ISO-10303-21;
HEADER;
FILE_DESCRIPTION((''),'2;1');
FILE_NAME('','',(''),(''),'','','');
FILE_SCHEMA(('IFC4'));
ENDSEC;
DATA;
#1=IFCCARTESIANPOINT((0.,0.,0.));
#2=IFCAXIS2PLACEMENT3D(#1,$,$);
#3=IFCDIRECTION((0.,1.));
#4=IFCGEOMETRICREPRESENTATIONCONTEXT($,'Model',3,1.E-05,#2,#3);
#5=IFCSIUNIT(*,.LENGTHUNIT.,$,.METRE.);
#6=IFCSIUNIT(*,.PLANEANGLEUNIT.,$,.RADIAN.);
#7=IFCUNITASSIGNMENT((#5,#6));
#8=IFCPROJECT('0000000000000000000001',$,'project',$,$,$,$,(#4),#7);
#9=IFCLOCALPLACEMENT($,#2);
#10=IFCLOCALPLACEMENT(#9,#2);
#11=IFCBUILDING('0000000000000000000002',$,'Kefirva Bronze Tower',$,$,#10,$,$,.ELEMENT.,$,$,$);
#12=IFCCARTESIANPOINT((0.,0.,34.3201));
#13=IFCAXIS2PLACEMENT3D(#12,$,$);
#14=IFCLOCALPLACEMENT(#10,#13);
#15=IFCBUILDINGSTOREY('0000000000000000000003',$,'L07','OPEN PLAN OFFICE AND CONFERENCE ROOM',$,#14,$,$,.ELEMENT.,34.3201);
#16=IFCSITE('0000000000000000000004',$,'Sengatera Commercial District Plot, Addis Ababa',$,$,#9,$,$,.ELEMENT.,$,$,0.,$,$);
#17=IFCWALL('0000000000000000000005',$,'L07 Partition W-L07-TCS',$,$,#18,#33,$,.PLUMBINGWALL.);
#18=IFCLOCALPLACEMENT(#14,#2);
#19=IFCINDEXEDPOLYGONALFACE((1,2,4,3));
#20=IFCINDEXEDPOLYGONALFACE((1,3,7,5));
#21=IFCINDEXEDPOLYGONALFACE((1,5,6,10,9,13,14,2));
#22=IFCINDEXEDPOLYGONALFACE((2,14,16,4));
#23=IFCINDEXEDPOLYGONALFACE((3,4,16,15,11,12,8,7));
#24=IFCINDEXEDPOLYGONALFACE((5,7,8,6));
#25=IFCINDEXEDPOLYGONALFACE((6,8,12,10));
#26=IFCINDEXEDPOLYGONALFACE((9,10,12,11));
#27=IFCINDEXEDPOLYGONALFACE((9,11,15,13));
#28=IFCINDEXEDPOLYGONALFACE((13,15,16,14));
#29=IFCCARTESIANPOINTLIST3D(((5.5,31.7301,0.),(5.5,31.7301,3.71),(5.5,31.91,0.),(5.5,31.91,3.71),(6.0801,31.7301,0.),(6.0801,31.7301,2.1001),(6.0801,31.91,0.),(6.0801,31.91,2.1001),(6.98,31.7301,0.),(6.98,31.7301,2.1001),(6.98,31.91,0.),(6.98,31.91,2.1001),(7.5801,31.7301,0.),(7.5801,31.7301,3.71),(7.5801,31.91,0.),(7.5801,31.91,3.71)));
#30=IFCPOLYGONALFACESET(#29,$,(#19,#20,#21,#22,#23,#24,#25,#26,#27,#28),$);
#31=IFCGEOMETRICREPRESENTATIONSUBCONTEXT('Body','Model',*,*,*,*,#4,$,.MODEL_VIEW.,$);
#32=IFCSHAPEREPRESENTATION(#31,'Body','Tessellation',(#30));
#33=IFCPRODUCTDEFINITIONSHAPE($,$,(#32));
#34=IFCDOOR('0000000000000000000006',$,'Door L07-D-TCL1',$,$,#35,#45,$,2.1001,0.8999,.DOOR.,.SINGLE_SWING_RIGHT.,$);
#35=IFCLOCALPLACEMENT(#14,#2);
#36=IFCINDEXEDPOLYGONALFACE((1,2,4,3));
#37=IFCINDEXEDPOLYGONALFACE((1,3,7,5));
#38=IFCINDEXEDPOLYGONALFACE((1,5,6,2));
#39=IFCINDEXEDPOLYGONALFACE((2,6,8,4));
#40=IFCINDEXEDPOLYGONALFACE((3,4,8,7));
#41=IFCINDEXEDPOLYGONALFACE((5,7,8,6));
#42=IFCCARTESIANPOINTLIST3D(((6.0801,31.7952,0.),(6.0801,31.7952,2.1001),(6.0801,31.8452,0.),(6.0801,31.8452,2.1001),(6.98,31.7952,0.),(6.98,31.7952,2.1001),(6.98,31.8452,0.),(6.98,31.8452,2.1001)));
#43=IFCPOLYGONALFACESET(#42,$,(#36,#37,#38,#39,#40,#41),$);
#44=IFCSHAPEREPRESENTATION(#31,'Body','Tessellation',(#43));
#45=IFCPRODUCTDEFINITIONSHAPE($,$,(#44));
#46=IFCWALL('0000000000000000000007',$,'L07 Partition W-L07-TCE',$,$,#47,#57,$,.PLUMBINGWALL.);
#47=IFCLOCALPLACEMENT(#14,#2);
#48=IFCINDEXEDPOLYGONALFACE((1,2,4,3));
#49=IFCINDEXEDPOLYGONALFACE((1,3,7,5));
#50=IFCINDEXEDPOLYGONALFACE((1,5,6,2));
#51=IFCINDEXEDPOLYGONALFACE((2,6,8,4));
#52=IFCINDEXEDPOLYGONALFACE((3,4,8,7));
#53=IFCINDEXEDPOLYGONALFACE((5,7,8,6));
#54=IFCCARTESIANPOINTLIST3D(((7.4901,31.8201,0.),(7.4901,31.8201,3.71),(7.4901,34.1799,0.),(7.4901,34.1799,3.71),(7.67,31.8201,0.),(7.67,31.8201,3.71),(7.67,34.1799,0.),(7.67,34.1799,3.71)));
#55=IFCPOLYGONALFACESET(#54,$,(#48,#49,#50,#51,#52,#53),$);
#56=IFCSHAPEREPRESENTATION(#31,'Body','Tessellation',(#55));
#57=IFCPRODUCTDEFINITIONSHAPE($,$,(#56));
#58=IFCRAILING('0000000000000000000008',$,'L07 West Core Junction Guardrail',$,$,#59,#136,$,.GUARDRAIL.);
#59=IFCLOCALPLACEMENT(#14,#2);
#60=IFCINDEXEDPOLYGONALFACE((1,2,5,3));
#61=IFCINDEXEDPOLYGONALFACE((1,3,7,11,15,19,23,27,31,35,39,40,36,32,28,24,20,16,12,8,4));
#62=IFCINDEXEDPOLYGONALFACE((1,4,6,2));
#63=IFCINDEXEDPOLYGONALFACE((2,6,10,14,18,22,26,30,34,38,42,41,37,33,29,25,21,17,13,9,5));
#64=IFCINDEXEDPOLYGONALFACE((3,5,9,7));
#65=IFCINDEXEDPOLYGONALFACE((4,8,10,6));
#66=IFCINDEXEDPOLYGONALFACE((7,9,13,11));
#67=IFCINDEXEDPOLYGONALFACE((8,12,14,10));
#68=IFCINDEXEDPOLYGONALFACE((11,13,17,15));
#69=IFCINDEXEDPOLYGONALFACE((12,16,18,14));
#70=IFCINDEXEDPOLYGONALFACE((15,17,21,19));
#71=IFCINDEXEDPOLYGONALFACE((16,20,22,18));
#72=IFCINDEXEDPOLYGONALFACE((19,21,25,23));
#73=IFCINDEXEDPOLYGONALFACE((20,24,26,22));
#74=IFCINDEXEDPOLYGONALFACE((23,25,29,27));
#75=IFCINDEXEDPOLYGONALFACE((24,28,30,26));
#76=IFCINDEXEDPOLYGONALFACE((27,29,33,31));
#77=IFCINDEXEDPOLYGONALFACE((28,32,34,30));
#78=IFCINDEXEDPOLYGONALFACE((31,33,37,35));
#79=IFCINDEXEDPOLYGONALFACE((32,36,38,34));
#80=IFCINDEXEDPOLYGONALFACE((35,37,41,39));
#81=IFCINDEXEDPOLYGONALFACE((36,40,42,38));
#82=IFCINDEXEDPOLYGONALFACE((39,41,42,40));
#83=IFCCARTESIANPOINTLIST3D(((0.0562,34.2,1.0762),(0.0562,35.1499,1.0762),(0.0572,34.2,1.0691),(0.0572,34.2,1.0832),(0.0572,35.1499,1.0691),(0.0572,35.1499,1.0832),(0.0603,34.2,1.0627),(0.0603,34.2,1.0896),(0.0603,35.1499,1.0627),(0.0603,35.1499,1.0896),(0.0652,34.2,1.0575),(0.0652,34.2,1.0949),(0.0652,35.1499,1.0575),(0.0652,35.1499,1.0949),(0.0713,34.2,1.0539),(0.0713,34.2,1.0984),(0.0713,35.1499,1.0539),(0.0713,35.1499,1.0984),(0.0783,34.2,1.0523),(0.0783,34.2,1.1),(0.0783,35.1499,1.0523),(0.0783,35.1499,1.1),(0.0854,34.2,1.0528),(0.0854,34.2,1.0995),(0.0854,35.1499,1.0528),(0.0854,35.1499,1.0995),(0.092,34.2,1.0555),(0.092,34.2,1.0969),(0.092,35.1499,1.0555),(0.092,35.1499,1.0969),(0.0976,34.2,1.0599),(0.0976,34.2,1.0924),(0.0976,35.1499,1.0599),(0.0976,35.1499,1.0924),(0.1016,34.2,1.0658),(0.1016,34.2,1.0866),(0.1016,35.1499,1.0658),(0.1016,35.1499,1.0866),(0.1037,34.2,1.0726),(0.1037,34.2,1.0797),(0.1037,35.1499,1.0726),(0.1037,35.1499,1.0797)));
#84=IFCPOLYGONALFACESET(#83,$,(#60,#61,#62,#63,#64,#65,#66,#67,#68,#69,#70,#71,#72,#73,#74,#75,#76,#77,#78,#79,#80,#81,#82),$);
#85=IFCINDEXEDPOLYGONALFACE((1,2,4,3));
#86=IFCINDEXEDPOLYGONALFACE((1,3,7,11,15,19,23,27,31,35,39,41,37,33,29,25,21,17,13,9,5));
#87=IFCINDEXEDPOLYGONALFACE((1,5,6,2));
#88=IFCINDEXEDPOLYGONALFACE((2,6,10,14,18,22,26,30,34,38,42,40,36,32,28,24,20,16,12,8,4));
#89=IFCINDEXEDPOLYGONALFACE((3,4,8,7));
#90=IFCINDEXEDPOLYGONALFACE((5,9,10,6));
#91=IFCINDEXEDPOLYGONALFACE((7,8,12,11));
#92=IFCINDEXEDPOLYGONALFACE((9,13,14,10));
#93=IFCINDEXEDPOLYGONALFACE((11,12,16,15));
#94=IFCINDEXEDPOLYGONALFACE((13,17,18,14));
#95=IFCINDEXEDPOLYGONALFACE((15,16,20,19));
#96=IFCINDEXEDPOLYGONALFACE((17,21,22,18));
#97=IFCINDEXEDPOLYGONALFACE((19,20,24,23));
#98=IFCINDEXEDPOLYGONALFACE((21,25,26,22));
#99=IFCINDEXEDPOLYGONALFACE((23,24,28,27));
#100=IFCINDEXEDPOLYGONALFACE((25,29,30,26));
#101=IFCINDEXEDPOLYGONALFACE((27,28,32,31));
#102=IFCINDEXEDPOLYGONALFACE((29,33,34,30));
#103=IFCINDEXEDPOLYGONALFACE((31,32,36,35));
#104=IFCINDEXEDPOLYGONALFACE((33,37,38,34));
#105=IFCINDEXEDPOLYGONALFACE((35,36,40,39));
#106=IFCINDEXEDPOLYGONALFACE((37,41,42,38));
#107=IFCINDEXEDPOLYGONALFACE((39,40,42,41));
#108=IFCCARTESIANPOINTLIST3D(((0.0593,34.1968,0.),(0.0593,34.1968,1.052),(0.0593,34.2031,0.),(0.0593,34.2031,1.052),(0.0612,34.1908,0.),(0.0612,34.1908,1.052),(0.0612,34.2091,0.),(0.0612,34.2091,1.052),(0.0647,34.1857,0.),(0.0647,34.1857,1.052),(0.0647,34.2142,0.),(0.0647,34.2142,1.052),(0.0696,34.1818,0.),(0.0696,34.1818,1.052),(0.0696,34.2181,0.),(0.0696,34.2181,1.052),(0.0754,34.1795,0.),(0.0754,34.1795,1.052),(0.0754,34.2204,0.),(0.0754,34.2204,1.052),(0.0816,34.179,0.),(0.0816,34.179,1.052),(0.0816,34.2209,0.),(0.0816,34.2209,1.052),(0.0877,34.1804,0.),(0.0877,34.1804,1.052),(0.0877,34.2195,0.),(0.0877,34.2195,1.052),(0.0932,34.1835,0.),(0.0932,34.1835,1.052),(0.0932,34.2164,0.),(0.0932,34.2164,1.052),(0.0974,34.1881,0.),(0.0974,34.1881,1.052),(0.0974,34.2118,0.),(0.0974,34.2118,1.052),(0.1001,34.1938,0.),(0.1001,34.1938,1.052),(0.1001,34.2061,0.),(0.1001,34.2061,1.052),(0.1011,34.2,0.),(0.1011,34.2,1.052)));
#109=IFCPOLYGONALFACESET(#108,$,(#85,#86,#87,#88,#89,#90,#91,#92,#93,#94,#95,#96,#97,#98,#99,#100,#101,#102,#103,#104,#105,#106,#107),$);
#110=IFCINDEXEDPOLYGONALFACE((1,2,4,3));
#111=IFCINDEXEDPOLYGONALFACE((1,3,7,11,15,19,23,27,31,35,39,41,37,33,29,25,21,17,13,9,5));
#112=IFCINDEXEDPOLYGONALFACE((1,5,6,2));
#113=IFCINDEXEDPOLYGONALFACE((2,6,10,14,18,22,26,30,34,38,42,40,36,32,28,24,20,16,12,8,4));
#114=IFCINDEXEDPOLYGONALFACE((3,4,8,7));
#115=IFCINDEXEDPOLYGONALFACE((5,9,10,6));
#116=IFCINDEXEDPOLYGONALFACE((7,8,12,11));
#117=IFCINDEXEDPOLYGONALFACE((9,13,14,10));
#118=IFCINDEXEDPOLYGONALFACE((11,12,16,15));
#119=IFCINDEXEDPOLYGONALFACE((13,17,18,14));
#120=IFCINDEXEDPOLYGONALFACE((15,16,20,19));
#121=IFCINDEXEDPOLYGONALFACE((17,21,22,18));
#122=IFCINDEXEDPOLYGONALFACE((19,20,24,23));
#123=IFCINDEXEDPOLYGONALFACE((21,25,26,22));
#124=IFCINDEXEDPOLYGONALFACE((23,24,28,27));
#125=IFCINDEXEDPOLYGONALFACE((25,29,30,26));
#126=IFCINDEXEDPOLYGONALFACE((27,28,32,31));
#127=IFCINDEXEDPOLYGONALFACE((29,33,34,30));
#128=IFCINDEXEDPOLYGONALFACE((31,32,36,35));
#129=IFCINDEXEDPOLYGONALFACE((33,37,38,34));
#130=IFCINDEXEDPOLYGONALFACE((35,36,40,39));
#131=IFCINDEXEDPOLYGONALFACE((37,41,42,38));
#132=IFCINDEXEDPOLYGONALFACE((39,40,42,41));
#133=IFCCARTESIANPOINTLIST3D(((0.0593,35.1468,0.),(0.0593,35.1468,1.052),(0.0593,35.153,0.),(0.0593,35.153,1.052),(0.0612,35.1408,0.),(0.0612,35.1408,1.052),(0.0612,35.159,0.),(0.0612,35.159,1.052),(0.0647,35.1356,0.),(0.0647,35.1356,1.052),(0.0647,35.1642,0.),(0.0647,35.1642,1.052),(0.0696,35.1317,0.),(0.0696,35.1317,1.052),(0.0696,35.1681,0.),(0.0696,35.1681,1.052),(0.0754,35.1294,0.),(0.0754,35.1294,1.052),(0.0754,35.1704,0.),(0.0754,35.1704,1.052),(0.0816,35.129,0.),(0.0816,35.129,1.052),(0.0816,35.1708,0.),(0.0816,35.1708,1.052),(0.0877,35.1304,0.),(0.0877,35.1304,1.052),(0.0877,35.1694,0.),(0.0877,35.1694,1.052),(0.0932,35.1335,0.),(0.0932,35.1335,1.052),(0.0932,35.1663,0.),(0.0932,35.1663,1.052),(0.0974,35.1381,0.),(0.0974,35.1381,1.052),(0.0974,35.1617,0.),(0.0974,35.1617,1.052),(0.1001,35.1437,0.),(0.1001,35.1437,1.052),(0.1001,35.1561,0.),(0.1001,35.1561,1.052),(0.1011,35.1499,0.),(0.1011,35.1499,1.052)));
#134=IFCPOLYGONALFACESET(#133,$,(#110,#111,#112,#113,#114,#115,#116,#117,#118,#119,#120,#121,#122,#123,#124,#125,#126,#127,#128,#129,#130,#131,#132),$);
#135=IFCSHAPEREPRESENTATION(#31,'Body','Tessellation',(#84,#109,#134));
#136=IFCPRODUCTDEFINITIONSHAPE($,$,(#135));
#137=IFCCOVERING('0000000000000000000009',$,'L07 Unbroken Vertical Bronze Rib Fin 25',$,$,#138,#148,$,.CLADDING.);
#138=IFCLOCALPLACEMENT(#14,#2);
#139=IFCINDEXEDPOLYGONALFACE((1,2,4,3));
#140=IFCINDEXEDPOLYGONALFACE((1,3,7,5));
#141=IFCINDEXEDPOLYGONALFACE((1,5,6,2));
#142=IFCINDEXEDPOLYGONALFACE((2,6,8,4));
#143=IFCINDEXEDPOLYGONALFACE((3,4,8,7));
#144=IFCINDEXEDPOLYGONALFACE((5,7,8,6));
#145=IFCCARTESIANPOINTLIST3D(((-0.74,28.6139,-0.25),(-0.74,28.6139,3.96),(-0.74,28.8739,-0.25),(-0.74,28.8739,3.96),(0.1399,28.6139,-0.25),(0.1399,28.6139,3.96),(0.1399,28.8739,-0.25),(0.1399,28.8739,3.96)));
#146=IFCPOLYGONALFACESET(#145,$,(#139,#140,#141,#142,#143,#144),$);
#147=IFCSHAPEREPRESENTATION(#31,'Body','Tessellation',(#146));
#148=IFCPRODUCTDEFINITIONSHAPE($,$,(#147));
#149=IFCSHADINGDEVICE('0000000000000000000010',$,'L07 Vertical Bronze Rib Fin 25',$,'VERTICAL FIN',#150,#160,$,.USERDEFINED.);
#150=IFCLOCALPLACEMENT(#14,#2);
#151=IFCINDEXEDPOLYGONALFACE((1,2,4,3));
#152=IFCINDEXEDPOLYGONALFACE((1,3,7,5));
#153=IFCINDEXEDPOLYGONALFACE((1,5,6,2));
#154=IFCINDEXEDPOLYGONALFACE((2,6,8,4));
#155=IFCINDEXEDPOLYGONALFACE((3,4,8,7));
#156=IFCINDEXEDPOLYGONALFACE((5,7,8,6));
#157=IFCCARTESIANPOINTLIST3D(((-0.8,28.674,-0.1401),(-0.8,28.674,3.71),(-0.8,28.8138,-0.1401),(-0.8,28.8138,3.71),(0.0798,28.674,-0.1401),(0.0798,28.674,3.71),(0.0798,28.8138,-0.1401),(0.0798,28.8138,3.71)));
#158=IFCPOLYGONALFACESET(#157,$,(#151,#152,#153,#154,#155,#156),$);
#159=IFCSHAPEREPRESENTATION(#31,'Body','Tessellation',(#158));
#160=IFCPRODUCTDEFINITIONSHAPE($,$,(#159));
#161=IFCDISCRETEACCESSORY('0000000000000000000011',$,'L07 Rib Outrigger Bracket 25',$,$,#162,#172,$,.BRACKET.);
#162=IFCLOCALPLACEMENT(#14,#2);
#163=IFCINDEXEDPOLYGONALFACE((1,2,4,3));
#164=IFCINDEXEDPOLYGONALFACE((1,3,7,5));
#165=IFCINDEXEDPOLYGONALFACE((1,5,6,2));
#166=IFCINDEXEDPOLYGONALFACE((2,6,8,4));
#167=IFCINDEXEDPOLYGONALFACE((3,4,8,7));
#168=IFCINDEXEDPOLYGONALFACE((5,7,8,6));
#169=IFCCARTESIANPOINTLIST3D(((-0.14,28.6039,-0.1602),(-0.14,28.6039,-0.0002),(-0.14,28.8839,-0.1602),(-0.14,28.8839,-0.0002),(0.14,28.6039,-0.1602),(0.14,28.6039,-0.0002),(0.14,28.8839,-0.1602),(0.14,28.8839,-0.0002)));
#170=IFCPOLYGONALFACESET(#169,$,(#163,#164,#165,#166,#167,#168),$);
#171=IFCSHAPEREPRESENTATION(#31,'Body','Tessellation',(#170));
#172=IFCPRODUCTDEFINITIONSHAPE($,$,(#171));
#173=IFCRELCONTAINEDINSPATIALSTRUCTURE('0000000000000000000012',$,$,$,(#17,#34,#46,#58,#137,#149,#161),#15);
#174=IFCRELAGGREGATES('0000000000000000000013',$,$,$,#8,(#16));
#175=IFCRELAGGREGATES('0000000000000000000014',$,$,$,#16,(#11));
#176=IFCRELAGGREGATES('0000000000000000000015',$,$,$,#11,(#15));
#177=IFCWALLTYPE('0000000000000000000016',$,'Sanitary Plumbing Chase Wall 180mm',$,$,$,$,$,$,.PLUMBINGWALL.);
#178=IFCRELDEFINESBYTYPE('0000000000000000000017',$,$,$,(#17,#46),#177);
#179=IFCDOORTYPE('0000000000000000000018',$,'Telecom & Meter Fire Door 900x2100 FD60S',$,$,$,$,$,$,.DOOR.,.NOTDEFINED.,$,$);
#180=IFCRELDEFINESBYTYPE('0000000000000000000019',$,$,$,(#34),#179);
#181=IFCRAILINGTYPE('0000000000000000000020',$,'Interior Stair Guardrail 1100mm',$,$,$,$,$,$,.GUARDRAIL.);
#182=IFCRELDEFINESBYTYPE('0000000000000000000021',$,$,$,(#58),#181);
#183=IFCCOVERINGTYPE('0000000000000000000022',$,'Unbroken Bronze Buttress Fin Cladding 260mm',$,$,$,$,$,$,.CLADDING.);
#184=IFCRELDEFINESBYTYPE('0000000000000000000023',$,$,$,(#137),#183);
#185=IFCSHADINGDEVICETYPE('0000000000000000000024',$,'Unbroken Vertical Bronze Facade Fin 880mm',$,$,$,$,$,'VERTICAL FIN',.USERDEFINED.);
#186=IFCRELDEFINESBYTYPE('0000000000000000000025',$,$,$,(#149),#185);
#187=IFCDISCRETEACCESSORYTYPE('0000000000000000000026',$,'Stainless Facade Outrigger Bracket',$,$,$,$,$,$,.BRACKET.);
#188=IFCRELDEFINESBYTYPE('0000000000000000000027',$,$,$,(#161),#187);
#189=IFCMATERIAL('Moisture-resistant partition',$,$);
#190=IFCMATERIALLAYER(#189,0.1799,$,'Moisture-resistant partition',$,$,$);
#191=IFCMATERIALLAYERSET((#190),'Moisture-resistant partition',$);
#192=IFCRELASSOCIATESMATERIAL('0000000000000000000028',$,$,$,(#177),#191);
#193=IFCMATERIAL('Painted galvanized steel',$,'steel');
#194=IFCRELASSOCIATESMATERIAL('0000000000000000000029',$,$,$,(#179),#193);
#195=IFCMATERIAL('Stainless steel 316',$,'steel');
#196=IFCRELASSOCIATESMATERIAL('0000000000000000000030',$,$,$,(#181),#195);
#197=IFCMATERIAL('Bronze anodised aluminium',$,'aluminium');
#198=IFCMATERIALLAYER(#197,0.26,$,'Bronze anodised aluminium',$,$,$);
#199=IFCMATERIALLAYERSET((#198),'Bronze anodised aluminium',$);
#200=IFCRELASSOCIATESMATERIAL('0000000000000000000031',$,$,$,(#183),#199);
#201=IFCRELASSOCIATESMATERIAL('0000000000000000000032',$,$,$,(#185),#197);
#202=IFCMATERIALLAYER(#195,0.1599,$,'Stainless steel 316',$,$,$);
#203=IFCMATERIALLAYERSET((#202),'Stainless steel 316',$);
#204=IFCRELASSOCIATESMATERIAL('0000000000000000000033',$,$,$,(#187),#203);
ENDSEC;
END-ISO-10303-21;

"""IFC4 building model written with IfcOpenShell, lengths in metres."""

from ifc_helpers import new_model, si_unit, direction, frame, frame_2d, origin, origin_2d, place, context, subcontext, project, spatial, rectangle, circle, extrude, material, layer, layer_set, material_profile, profile_set, type_object, element, fill, save


model = new_model("IFC4")

# Units and contexts
model_context = context("Model", 3, precision=1e-05, world=origin(), true_north=direction((0.0, 1.0)))
body_context = subcontext(model_context, "Body", "Model", "MODEL_VIEW")
ifc_project = project(units=[si_unit("LENGTHUNIT", "METRE"), si_unit("PLANEANGLEUNIT", "RADIAN")], contexts=[model_context])

# Site, building, storey
site_placement = place(None, origin())
site = spatial("IfcSite", under=ifc_project, at=site_placement, Name="Sengatera Commercial District Plot, Addis Ababa", CompositionType="ELEMENT", RefElevation=0.0)
building_placement = place(site_placement, origin())
building = spatial("IfcBuilding", under=site, at=building_placement, Name="Kefirva Bronze Tower", CompositionType="ELEMENT")
storey_placement = place(building_placement, frame((0.0, 0.0, 34.3201)))
storey = spatial("IfcBuildingStorey", under=building, at=storey_placement, Name="L07", Description="OPEN PLAN OFFICE AND CONFERENCE ROOM", CompositionType="ELEMENT", Elevation=34.3201)

# Shared definitions
ifc_material_1 = material(Name="Bronze anodised aluminium", Category="aluminium")

# Wall, opening, door
ifc_material_2 = material(Name="Painted galvanized steel", Category="steel")
ifc_material_3 = material(Name="Moisture-resistant partition")
ifc_layer_1 = layer(ifc_material_3, 0.1799, Name="Moisture-resistant partition")
ifc_layer_set_1 = layer_set([ifc_layer_1], Name="Moisture-resistant partition")
wall_type_1 = type_object("IfcWallType", Name="Sanitary Plumbing Chase Wall 180mm", PredefinedType="PLUMBINGWALL", material=ifc_layer_set_1)
wall_1_placement = place(storey_placement, frame((5.5, 31.8201, 0.0), z_axis=(0.0, 0.0, 1.0), x_axis=(1.0, 0.0, 0.0)))
wall_1 = element("IfcWall", 1, at=wall_1_placement, inside=storey, type_object=wall_type_1, Name="L07 Partition W-L07-TCS", PredefinedType="PLUMBINGWALL", context=body_context, shape_type="SweptSolid", body=[
    extrude(rectangle(XDim=2.0801, YDim=0.1799, at=frame_2d((1.04, 0.0))), origin(), (0.0, 0.0, 1.0), 3.71),
])
opening_1_placement = place(wall_1_placement, frame((1.48, 0.0, 0.0), z_axis=(0.0, 0.0, 1.0), x_axis=(-1.0, 0.0, 0.0)))
opening_1 = element("IfcOpeningElement", 2, at=opening_1_placement, cuts=wall_1, PredefinedType="OPENING", context=body_context, shape_type="SweptSolid", body=[
    extrude(rectangle(XDim=0.8999, YDim=2.1001, at=frame_2d((0.45, 1.05))), frame((0.0, 0.1001, 0.0), z_axis=(0.0, -1.0, 0.0), x_axis=(1.0, 0.0, 0.0)), (0.0, 0.0, 1.0), 0.2),
])
door_type_1 = type_object("IfcDoorType", Name="Telecom & Meter Fire Door 900x2100 FD60S", OperationType="NOTDEFINED", PredefinedType="DOOR", material=ifc_material_2)
door_1_placement = place(opening_1_placement, origin())
door_1 = element("IfcDoor", 3, at=door_1_placement, inside=storey, type_object=door_type_1, Name="Door L07-D-TCL1", OperationType="SINGLE_SWING_RIGHT", OverallHeight=2.1001, OverallWidth=0.8999, PredefinedType="DOOR", context=body_context, shape_type="SweptSolid", body=[
    extrude(rectangle(XDim=0.8999, YDim=2.1001, at=frame_2d((0.45, 1.05))), frame((0.0, 0.0249, 0.0), z_axis=(0.0, -1.0, 0.0), x_axis=(1.0, 0.0, 0.0)), (0.0, 0.0, 1.0), 0.05),
])
fill(opening_1, door_1)

# Wall
wall_2_placement = place(storey_placement, frame((7.5801, 31.8201, 0.0), z_axis=(0.0, 0.0, 1.0), x_axis=(0.0, 1.0, 0.0)))
element("IfcWall", 4, at=wall_2_placement, inside=storey, type_object=wall_type_1, Name="L07 Partition W-L07-TCE", PredefinedType="PLUMBINGWALL", context=body_context, shape_type="SweptSolid", body=[
    extrude(rectangle(XDim=2.3599, YDim=0.1799, at=frame_2d((1.1799, 0.0))), origin(), (0.0, 0.0, 1.0), 3.71),
])

# Railing
ifc_material_4 = material(Name="Stainless steel 316", Category="steel")
railing_type = type_object("IfcRailingType", Name="Interior Stair Guardrail 1100mm", PredefinedType="GUARDRAIL", material=ifc_material_4)
railing_placement = place(storey_placement, frame((0.0801, 34.2, 0.0)))
element("IfcRailing", 5, at=railing_placement, inside=storey, type_object=railing_type, Name="L07 West Core Junction Guardrail", PredefinedType="GUARDRAIL", context=body_context, shape_type="SweptSolid", body=[
    extrude(circle(Radius=0.0239, at=origin_2d()), frame((0.0, 0.0, 1.0762), z_axis=(0.0, 1.0, 0.0), x_axis=(-1.0, 0.0, 0.0)), (0.0, 0.0, 1.0), 0.95),
    extrude(circle(Radius=0.021, at=origin_2d()), origin(), (0.0, 0.0, 1.0), 1.052),
    extrude(circle(Radius=0.021, at=origin_2d()), frame((0.0, 0.95, 0.0)), (0.0, 0.0, 1.0), 1.052),
])

# Covering
ifc_layer_2 = layer(ifc_material_1, 0.26, Name="Bronze anodised aluminium")
ifc_layer_set_2 = layer_set([ifc_layer_2], Name="Bronze anodised aluminium")
covering_type = type_object("IfcCoveringType", Name="Unbroken Bronze Buttress Fin Cladding 260mm", PredefinedType="CLADDING", material=ifc_layer_set_2)
covering_placement = place(storey_placement, frame((-0.3, 28.7439, -0.25), z_axis=(0.0, 0.0, 1.0), x_axis=(0.0, -1.0, 0.0)))
element("IfcCovering", 6, at=covering_placement, inside=storey, type_object=covering_type, Name="L07 Unbroken Vertical Bronze Rib Fin 25", PredefinedType="CLADDING", context=body_context, shape_type="SweptSolid", body=[
    extrude(rectangle(XDim=0.26, YDim=0.8799, at=origin_2d()), origin(), (0.0, 0.0, 1.0), 4.21),
])

# Shading device
ifc_material_profile_1 = material_profile(ifc_material_1, rectangle(XDim=0.1399, YDim=0.8799, at=origin_2d()), Name="BRONZE FIN 140x880")
ifc_profile_set_1 = profile_set([ifc_material_profile_1], Name="Bronze anodised aluminium")
shading_device_type = type_object("IfcShadingDeviceType", Name="Unbroken Vertical Bronze Facade Fin 880mm", ElementType="VERTICAL FIN", PredefinedType="USERDEFINED", material=ifc_profile_set_1)
shading_device_placement = place(storey_placement, frame((-0.3601, 28.7439, -0.1401), z_axis=(0.0, 0.0, 1.0), x_axis=(0.0, -1.0, 0.0)))
element("IfcShadingDevice", 7, at=shading_device_placement, inside=storey, type_object=shading_device_type, Name="L07 Vertical Bronze Rib Fin 25", ObjectType="VERTICAL FIN", PredefinedType="USERDEFINED", context=body_context, shape_type="SweptSolid", body=[
    extrude(rectangle(XDim=0.1399, YDim=0.8799, at=origin_2d()), origin(), (0.0, 0.0, 1.0), 3.8501),
])

# Discrete accessory
ifc_layer_3 = layer(ifc_material_4, 0.1599, Name="Stainless steel 316")
ifc_layer_set_3 = layer_set([ifc_layer_3], Name="Stainless steel 316")
discrete_accessory_type = type_object("IfcDiscreteAccessoryType", Name="Stainless Facade Outrigger Bracket", PredefinedType="BRACKET", material=ifc_layer_set_3)
discrete_accessory_placement = place(storey_placement, frame((0.0, 28.7439, -0.1602), z_axis=(0.0, 0.0, 1.0), x_axis=(0.0, -1.0, 0.0)))
element("IfcDiscreteAccessory", 8, at=discrete_accessory_placement, inside=storey, type_object=discrete_accessory_type, Name="L07 Rib Outrigger Bracket 25", PredefinedType="BRACKET", context=body_context, shape_type="SweptSolid", body=[
    extrude(rectangle(XDim=0.28, YDim=0.28, at=origin_2d()), origin(), (0.0, 0.0, 1.0), 0.1599),
])

save(model, "model.ifc")
